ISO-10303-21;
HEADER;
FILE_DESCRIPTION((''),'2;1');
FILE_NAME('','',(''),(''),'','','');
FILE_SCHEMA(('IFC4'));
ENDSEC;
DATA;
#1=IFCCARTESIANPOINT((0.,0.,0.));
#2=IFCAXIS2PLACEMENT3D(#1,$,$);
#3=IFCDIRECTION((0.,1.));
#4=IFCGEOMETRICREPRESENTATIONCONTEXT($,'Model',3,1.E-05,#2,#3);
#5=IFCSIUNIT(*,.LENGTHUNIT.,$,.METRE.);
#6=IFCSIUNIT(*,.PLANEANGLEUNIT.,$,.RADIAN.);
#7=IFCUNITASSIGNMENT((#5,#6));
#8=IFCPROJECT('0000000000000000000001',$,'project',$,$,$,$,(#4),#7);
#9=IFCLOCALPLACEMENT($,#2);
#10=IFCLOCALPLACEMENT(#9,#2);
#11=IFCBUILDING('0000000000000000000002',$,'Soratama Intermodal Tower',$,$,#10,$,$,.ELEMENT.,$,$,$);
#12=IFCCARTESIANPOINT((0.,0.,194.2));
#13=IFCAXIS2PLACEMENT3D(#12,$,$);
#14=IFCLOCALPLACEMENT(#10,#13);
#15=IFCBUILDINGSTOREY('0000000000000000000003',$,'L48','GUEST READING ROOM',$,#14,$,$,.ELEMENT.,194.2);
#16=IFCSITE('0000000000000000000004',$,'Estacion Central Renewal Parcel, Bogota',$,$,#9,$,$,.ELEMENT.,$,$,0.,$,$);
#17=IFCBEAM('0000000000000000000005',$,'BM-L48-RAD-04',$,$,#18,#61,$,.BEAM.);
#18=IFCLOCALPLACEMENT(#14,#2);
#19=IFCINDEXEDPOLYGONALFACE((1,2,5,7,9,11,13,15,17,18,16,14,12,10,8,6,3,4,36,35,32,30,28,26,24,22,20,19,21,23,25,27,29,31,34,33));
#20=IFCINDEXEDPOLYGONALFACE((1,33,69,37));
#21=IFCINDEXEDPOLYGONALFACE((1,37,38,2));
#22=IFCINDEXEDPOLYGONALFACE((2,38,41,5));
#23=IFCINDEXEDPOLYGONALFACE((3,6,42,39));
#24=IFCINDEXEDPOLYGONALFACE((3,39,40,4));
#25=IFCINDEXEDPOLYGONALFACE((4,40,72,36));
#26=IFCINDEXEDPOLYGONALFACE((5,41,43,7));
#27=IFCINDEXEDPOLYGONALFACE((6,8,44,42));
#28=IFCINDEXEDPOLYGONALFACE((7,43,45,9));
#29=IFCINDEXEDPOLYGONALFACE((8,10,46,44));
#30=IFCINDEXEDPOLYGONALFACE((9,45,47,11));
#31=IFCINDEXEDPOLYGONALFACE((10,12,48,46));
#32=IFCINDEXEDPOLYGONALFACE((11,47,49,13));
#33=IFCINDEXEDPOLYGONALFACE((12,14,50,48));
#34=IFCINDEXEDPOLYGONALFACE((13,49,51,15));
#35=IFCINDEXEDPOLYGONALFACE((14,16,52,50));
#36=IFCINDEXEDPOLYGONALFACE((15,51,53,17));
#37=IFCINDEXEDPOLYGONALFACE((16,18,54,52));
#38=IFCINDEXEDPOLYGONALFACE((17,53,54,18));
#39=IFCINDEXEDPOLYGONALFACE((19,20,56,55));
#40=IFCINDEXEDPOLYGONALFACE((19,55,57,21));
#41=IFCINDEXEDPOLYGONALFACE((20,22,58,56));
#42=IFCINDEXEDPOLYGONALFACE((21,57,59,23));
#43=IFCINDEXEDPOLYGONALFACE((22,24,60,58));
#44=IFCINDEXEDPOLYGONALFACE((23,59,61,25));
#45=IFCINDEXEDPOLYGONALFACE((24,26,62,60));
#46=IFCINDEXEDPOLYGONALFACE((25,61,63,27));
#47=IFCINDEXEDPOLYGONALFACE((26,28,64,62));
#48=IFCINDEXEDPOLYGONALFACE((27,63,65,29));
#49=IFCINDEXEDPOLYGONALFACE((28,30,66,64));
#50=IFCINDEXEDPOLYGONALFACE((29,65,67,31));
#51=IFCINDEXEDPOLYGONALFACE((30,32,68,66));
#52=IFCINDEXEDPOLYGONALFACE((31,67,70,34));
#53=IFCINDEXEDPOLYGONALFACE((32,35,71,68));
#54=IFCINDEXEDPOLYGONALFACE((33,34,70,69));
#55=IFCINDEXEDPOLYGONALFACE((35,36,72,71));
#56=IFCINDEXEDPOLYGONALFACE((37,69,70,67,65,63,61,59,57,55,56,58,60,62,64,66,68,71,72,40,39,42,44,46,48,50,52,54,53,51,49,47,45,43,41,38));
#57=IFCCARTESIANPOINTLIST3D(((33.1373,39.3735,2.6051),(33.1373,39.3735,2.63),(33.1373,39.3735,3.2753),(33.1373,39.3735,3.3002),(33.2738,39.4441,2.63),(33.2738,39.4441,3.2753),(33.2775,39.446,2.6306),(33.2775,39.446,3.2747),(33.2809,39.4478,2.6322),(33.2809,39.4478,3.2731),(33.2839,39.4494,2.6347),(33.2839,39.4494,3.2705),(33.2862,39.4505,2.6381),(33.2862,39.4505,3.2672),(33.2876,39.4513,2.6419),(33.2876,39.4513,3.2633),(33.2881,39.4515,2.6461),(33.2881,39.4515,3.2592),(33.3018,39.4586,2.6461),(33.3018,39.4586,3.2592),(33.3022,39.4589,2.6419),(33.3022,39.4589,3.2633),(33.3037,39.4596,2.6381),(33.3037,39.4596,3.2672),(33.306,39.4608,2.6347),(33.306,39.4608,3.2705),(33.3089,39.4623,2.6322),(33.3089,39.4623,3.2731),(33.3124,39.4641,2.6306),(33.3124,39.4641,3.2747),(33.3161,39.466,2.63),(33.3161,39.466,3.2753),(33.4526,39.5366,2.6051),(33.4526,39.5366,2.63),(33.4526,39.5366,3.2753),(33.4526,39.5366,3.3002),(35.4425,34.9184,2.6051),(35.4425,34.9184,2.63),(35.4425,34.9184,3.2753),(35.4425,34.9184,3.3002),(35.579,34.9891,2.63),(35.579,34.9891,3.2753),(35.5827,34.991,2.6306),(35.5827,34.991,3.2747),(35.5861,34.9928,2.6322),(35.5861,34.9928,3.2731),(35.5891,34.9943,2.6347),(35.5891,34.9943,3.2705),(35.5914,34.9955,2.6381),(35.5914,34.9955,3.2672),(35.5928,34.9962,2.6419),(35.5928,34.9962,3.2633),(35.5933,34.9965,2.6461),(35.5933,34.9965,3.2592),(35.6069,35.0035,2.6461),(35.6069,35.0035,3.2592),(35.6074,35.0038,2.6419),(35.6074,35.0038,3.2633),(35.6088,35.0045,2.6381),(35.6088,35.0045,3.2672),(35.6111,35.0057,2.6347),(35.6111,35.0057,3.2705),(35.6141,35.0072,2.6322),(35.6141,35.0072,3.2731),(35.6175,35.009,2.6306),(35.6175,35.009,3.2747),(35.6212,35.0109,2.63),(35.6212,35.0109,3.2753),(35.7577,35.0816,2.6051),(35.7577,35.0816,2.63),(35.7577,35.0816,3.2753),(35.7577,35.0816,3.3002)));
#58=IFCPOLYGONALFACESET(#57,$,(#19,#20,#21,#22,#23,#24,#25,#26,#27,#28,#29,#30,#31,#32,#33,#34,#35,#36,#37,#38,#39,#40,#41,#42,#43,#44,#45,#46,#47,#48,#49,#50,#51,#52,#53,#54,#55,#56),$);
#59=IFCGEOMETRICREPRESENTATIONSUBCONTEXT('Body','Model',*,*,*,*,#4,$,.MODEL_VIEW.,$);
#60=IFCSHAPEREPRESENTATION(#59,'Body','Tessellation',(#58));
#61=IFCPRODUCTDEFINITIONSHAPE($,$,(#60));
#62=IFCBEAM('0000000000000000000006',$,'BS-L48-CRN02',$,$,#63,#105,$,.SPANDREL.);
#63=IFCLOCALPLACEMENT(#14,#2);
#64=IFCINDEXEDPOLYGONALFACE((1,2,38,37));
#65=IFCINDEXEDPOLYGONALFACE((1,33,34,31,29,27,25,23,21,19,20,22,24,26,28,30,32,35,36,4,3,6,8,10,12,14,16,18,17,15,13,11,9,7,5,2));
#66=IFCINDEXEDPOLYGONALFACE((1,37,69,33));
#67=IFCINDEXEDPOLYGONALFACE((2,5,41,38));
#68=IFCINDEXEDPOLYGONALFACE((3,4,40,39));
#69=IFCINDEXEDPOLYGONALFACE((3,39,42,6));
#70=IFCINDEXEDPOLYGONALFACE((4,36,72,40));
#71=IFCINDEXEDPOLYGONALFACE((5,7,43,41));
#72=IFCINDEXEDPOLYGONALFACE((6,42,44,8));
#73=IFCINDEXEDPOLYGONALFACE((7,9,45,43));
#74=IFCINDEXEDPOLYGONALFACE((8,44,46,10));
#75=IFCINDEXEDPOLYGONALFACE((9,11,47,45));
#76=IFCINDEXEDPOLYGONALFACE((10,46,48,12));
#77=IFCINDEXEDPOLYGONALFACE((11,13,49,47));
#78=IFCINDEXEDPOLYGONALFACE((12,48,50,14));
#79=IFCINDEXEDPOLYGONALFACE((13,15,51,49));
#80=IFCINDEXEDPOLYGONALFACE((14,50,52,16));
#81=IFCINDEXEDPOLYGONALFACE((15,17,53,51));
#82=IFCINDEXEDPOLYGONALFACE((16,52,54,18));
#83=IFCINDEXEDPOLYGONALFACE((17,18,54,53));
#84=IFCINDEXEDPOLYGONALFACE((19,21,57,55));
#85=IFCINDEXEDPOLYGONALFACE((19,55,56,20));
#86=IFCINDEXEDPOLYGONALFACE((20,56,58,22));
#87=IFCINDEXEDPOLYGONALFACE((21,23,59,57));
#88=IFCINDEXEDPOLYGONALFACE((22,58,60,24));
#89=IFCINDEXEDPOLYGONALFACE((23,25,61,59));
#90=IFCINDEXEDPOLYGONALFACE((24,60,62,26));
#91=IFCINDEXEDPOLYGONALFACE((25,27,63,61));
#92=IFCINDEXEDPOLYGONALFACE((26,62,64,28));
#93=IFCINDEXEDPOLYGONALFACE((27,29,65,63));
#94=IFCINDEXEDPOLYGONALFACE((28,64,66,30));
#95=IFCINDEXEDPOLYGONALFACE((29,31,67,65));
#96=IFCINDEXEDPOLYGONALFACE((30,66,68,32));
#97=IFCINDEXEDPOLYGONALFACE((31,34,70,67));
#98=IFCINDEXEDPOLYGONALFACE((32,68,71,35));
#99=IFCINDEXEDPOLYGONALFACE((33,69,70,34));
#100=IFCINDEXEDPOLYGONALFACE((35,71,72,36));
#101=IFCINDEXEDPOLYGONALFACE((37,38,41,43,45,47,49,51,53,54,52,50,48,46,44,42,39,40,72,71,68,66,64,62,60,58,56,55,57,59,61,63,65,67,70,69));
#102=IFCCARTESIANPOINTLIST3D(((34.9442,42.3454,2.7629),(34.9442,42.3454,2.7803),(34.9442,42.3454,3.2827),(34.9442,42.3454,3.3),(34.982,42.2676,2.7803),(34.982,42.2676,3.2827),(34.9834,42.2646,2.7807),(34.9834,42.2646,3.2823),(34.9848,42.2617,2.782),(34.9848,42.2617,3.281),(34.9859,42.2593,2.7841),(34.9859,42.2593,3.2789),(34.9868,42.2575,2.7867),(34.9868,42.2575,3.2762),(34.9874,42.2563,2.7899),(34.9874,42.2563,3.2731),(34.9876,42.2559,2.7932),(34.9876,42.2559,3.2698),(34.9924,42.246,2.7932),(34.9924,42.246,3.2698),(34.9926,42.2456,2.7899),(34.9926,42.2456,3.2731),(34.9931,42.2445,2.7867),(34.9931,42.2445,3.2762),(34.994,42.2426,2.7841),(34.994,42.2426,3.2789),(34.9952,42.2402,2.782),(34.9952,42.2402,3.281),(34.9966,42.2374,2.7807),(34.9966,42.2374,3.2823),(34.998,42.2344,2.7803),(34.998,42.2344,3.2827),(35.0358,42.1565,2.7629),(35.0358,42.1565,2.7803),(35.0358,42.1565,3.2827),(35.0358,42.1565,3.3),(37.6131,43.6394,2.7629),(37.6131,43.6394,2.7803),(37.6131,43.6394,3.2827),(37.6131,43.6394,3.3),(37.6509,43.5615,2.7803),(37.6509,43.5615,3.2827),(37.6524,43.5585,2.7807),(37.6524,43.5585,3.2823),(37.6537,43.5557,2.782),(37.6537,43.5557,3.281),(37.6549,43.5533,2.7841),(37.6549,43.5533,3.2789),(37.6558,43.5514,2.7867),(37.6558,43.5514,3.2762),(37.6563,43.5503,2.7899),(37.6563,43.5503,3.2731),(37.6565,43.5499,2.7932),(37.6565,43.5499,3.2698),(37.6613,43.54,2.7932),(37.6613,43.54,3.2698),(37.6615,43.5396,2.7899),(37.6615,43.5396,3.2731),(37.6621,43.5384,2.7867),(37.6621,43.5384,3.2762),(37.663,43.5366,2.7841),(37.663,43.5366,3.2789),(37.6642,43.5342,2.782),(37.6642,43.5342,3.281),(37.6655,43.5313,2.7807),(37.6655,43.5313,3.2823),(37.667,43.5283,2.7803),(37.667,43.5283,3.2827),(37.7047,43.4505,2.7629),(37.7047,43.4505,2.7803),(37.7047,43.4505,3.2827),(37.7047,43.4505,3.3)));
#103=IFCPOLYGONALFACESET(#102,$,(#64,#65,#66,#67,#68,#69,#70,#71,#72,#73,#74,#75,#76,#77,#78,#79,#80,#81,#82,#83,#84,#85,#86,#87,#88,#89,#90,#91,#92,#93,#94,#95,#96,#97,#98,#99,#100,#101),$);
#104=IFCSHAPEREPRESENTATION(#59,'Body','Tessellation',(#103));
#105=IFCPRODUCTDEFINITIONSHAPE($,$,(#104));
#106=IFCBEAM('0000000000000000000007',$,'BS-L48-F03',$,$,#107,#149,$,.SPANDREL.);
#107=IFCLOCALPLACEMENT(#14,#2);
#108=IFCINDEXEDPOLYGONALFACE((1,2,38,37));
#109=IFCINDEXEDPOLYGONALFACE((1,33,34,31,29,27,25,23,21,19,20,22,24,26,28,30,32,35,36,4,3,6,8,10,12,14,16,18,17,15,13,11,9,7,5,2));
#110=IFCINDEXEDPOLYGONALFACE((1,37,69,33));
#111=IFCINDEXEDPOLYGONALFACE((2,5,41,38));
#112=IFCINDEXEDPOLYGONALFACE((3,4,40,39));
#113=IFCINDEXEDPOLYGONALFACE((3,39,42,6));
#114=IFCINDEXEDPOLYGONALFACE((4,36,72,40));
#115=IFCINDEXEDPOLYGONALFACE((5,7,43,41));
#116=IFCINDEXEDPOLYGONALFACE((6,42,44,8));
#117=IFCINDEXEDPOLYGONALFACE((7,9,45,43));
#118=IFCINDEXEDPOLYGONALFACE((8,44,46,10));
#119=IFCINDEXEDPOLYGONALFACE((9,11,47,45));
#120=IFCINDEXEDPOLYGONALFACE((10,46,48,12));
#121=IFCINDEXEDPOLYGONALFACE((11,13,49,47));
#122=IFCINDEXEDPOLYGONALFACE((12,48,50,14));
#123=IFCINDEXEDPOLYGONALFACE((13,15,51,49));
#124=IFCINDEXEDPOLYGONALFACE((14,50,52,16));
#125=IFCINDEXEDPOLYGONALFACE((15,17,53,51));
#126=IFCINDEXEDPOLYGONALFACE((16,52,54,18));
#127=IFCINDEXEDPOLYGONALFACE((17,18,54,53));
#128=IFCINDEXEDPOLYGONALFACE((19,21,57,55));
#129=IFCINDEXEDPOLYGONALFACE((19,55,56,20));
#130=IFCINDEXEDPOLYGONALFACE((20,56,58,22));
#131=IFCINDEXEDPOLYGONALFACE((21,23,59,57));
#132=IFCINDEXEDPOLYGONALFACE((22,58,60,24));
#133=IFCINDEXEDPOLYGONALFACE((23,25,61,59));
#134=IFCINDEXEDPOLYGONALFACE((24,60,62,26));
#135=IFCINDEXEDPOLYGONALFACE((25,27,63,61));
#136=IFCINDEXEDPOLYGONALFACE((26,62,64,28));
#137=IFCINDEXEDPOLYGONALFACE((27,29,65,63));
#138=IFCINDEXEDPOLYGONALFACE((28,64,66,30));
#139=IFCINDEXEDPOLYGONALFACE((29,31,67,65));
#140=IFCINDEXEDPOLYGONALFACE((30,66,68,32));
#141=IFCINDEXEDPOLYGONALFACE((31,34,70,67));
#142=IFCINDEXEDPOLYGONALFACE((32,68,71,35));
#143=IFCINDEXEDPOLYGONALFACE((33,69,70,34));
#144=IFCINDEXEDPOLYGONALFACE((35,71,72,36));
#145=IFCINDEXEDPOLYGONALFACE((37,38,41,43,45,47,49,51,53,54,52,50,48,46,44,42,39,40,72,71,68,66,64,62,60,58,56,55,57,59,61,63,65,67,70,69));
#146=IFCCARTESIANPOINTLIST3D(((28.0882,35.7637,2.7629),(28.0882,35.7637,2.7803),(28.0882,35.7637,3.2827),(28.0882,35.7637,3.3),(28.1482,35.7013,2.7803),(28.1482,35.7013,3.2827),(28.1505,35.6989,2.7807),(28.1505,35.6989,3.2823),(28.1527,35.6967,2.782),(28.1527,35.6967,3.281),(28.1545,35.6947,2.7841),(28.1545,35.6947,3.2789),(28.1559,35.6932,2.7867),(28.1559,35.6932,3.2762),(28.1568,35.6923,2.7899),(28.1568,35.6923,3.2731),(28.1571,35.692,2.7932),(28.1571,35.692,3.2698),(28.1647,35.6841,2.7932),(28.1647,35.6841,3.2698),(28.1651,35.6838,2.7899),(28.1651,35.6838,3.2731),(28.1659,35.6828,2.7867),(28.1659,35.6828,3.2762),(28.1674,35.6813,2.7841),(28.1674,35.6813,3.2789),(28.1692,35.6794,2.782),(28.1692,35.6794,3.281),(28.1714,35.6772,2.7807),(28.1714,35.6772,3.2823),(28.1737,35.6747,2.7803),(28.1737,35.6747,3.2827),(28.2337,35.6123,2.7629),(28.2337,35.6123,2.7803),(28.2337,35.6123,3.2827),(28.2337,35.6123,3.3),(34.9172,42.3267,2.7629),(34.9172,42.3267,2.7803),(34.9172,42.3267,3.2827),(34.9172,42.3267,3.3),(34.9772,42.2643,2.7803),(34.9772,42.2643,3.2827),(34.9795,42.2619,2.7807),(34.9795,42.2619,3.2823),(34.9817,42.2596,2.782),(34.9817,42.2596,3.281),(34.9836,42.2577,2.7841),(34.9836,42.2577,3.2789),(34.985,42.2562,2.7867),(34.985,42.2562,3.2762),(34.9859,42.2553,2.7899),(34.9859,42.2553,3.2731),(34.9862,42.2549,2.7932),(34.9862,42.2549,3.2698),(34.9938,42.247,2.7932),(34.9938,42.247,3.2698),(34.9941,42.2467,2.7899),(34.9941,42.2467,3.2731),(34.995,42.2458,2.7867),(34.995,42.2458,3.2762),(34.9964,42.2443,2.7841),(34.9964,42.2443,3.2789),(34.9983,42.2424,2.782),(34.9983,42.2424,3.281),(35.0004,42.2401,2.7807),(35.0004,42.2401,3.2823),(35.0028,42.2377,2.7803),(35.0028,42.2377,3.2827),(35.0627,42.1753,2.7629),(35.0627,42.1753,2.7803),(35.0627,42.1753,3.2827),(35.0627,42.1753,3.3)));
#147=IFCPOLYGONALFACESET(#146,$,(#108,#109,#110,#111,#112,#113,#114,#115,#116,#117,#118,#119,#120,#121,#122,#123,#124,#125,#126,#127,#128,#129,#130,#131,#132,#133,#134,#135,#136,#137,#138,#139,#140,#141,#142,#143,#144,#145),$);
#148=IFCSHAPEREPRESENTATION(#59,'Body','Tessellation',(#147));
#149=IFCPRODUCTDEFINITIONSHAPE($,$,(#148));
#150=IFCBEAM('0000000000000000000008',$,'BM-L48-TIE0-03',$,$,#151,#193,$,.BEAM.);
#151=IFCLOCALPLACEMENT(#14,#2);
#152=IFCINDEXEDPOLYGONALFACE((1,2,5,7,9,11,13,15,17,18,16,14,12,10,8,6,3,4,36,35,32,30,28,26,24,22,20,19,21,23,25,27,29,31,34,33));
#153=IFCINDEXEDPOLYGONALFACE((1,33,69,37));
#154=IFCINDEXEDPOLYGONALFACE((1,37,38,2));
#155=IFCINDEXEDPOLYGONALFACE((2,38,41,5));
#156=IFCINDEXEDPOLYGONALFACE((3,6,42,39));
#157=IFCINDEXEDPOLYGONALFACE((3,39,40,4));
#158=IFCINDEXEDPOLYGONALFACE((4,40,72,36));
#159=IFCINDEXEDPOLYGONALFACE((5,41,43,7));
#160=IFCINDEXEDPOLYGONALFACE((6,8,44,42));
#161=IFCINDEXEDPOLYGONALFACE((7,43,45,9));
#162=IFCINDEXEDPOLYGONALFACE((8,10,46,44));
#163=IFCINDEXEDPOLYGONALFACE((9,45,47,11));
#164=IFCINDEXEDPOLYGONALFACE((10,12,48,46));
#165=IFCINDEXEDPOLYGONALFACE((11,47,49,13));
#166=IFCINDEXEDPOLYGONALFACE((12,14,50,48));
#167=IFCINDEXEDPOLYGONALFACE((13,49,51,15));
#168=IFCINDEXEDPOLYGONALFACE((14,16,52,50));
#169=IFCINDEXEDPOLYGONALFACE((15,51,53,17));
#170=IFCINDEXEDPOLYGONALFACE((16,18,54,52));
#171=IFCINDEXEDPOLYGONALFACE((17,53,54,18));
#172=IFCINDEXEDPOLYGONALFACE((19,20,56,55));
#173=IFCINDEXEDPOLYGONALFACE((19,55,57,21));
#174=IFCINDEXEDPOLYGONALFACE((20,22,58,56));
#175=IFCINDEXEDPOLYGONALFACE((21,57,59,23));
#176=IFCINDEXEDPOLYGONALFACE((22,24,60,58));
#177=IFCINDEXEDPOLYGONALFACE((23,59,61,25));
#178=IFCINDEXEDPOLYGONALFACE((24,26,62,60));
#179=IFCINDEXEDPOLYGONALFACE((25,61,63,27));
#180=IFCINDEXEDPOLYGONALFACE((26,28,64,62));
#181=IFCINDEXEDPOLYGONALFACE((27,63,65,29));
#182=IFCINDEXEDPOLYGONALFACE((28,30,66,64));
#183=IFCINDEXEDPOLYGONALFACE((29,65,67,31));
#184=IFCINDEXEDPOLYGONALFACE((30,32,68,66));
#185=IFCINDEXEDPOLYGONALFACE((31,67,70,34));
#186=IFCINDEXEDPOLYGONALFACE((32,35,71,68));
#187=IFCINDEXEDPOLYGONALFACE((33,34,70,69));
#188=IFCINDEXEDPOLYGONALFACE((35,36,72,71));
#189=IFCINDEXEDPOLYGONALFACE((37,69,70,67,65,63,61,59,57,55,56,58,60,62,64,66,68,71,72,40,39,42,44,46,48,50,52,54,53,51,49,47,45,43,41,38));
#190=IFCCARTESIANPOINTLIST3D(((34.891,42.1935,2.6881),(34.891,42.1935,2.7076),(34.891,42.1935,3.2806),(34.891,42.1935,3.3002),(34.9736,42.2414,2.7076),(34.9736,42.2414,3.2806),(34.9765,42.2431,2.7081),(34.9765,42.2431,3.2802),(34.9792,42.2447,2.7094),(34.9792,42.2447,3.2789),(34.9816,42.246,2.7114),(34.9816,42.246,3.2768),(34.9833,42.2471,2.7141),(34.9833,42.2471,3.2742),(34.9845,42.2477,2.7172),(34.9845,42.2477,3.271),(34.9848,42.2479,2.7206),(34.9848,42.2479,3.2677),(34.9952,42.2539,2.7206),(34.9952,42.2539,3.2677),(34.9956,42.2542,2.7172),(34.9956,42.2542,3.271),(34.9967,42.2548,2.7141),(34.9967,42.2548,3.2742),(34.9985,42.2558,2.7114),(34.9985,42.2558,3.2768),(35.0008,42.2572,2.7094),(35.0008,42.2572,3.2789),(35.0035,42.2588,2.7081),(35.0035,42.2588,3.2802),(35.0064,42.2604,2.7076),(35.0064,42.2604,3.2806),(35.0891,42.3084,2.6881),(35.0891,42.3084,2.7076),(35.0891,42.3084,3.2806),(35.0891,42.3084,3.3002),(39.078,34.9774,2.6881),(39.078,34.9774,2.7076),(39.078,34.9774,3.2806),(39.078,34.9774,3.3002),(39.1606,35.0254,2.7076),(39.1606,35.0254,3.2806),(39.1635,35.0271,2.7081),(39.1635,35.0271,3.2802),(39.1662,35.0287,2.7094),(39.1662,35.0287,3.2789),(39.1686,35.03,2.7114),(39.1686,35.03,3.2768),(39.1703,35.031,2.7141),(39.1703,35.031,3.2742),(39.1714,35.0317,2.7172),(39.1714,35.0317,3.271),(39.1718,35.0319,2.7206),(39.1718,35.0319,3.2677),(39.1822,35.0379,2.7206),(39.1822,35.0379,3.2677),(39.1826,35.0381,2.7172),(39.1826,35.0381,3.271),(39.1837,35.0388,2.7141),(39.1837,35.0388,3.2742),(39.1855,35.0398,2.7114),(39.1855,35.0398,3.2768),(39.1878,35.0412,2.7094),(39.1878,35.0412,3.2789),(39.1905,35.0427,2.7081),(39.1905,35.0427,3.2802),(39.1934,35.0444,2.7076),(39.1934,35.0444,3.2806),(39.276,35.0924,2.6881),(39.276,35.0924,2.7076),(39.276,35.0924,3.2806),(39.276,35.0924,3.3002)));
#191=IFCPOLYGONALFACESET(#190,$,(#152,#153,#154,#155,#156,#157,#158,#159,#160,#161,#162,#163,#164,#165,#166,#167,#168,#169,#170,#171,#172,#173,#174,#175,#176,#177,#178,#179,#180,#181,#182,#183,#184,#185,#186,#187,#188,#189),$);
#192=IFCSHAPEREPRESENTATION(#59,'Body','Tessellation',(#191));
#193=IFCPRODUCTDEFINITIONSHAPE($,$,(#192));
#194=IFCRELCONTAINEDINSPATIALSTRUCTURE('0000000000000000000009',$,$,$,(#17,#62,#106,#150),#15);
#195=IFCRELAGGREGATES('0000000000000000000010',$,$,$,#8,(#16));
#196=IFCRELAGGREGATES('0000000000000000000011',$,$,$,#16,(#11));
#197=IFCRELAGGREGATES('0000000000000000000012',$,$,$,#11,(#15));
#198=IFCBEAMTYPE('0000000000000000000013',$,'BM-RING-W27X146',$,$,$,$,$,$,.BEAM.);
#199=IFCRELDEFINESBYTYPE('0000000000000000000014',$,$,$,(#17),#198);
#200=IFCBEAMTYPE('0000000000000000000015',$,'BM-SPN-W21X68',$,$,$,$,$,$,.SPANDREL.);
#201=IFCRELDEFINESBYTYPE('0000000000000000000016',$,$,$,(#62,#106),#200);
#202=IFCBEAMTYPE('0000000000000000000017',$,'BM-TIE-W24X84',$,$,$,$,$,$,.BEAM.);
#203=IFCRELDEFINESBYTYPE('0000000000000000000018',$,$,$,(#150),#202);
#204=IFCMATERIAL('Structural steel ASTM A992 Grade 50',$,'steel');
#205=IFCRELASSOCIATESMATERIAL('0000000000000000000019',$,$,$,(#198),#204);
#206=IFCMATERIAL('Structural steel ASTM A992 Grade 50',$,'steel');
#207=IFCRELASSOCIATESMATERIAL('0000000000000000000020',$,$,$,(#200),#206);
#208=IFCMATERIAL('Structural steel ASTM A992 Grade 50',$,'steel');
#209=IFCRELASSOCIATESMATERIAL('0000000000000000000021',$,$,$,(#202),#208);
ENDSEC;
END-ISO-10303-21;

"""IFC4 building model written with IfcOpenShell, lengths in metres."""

from ifc_helpers import new_model, si_unit, direction, frame, origin, origin_2d, place, context, subcontext, project, spatial, i_section, extrude, material, material_profile, profile_set, type_object, element, save


model = new_model("IFC4")

# Units and contexts
model_context = context("Model", 3, precision=1e-05, world=origin(), true_north=direction((0.0, 1.0)))
body_context = subcontext(model_context, "Body", "Model", "MODEL_VIEW")
ifc_project = project(units=[si_unit("LENGTHUNIT", "METRE"), si_unit("PLANEANGLEUNIT", "RADIAN")], contexts=[model_context])

# Site, building, storey
site_placement = place(None, origin())
site = spatial("IfcSite", under=ifc_project, at=site_placement, Name="Estacion Central Renewal Parcel, Bogota", CompositionType="ELEMENT", RefElevation=0.0)
building_placement = place(site_placement, origin())
building = spatial("IfcBuilding", under=site, at=building_placement, Name="Soratama Intermodal Tower", CompositionType="ELEMENT")
storey_placement = place(building_placement, frame((0.0, 0.0, 194.2)))
storey = spatial("IfcBuildingStorey", under=building, at=storey_placement, Name="L48", Description="GUEST READING ROOM", CompositionType="ELEMENT", Elevation=194.2)

# Beams
ifc_material_1 = material(Name="Structural steel ASTM A992 Grade 50", Category="steel")
ifc_material_profile_1 = material_profile(ifc_material_1, i_section(OverallWidth=0.355, OverallDepth=0.6951, WebThickness=0.0154, FlangeThickness=0.0249, FilletRadius=0.0161, at=origin_2d()), Name="W27X146")
ifc_profile_set_1 = profile_set([ifc_material_profile_1], Name="Structural steel ASTM A992 Grade 50")
beam_type_1 = type_object("IfcBeamType", Name="BM-RING-W27X146", PredefinedType="BEAM", material=ifc_profile_set_1)
beam_1_placement = place(storey_placement, frame((35.6001, 35.0, 2.9526), z_axis=(-0.459553, 0.888151, 0.0), x_axis=(-0.888151, -0.459553, 0.0)))
element("IfcBeam", 1, at=beam_1_placement, inside=storey, type_object=beam_type_1, Name="BM-L48-RAD-04", PredefinedType="BEAM", context=body_context, shape_type="SweptSolid", body=[
    extrude(i_section(OverallWidth=0.355, OverallDepth=0.6951, WebThickness=0.0154, FlangeThickness=0.0249, FilletRadius=0.0161, at=origin_2d()), origin(), (0.0, 0.0, 1.0), 5.0161),
])
ifc_material_2 = material(Name="Structural steel ASTM A992 Grade 50", Category="steel")
ifc_material_profile_2 = material_profile(ifc_material_2, i_section(OverallWidth=0.21, OverallDepth=0.5371, WebThickness=0.011, FlangeThickness=0.0173, FilletRadius=0.0129, at=origin_2d()), Name="W21X68")
ifc_profile_set_2 = profile_set([ifc_material_profile_2], Name="Structural steel ASTM A992 Grade 50")
beam_type_2 = type_object("IfcBeamType", Name="BM-SPN-W21X68", PredefinedType="SPANDREL", material=ifc_profile_set_2)
beam_2_placement = place(storey_placement, frame((37.6589, 43.5449, 3.0315), z_axis=(-0.899826, -0.436249, 0.0), x_axis=(0.436249, -0.899826, 0.0)))
element("IfcBeam", 2, at=beam_2_placement, inside=storey, type_object=beam_type_2, Name="BS-L48-CRN02", PredefinedType="SPANDREL", context=body_context, shape_type="SweptSolid", body=[
    extrude(i_section(OverallWidth=0.21, OverallDepth=0.5371, WebThickness=0.011, FlangeThickness=0.0173, FilletRadius=0.0129, at=origin_2d()), origin(), (0.0, 0.0, 1.0), 2.9661),
])
beam_3_placement = place(storey_placement, frame((34.99, 42.251, 3.0315), z_axis=(-0.721015, -0.692919, 0.0), x_axis=(0.692919, -0.721015, 0.0)))
element("IfcBeam", 3, at=beam_3_placement, inside=storey, type_object=beam_type_2, Name="BS-L48-F03", PredefinedType="SPANDREL", context=body_context, shape_type="SweptSolid", body=[
    extrude(i_section(OverallWidth=0.21, OverallDepth=0.5371, WebThickness=0.011, FlangeThickness=0.0173, FilletRadius=0.0129, at=origin_2d()), origin(), (0.0, 0.0, 1.0), 9.4714),
])
ifc_material_3 = material(Name="Structural steel ASTM A992 Grade 50", Category="steel")
ifc_material_profile_3 = material_profile(ifc_material_3, i_section(OverallWidth=0.229, OverallDepth=0.6121, WebThickness=0.012, FlangeThickness=0.0195, FilletRadius=0.0129, at=origin_2d()), Name="W24X84")
ifc_profile_set_3 = profile_set([ifc_material_profile_3], Name="Structural steel ASTM A992 Grade 50")
beam_type_3 = type_object("IfcBeamType", Name="BM-TIE-W24X84", PredefinedType="BEAM", material=ifc_profile_set_3)
beam_4_placement = place(storey_placement, frame((39.177, 35.0349, 2.9941), z_axis=(-0.50187, 0.864943, 0.0), x_axis=(-0.864943, -0.50187, 0.0)))
element("IfcBeam", 4, at=beam_4_placement, inside=storey, type_object=beam_type_3, Name="BM-L48-TIE0-03", PredefinedType="BEAM", context=body_context, shape_type="SweptSolid", body=[
    extrude(i_section(OverallWidth=0.229, OverallDepth=0.6121, WebThickness=0.012, FlangeThickness=0.0195, FilletRadius=0.0129, at=origin_2d()), origin(), (0.0, 0.0, 1.0), 8.3428),
])

save(model, "model.ifc")
